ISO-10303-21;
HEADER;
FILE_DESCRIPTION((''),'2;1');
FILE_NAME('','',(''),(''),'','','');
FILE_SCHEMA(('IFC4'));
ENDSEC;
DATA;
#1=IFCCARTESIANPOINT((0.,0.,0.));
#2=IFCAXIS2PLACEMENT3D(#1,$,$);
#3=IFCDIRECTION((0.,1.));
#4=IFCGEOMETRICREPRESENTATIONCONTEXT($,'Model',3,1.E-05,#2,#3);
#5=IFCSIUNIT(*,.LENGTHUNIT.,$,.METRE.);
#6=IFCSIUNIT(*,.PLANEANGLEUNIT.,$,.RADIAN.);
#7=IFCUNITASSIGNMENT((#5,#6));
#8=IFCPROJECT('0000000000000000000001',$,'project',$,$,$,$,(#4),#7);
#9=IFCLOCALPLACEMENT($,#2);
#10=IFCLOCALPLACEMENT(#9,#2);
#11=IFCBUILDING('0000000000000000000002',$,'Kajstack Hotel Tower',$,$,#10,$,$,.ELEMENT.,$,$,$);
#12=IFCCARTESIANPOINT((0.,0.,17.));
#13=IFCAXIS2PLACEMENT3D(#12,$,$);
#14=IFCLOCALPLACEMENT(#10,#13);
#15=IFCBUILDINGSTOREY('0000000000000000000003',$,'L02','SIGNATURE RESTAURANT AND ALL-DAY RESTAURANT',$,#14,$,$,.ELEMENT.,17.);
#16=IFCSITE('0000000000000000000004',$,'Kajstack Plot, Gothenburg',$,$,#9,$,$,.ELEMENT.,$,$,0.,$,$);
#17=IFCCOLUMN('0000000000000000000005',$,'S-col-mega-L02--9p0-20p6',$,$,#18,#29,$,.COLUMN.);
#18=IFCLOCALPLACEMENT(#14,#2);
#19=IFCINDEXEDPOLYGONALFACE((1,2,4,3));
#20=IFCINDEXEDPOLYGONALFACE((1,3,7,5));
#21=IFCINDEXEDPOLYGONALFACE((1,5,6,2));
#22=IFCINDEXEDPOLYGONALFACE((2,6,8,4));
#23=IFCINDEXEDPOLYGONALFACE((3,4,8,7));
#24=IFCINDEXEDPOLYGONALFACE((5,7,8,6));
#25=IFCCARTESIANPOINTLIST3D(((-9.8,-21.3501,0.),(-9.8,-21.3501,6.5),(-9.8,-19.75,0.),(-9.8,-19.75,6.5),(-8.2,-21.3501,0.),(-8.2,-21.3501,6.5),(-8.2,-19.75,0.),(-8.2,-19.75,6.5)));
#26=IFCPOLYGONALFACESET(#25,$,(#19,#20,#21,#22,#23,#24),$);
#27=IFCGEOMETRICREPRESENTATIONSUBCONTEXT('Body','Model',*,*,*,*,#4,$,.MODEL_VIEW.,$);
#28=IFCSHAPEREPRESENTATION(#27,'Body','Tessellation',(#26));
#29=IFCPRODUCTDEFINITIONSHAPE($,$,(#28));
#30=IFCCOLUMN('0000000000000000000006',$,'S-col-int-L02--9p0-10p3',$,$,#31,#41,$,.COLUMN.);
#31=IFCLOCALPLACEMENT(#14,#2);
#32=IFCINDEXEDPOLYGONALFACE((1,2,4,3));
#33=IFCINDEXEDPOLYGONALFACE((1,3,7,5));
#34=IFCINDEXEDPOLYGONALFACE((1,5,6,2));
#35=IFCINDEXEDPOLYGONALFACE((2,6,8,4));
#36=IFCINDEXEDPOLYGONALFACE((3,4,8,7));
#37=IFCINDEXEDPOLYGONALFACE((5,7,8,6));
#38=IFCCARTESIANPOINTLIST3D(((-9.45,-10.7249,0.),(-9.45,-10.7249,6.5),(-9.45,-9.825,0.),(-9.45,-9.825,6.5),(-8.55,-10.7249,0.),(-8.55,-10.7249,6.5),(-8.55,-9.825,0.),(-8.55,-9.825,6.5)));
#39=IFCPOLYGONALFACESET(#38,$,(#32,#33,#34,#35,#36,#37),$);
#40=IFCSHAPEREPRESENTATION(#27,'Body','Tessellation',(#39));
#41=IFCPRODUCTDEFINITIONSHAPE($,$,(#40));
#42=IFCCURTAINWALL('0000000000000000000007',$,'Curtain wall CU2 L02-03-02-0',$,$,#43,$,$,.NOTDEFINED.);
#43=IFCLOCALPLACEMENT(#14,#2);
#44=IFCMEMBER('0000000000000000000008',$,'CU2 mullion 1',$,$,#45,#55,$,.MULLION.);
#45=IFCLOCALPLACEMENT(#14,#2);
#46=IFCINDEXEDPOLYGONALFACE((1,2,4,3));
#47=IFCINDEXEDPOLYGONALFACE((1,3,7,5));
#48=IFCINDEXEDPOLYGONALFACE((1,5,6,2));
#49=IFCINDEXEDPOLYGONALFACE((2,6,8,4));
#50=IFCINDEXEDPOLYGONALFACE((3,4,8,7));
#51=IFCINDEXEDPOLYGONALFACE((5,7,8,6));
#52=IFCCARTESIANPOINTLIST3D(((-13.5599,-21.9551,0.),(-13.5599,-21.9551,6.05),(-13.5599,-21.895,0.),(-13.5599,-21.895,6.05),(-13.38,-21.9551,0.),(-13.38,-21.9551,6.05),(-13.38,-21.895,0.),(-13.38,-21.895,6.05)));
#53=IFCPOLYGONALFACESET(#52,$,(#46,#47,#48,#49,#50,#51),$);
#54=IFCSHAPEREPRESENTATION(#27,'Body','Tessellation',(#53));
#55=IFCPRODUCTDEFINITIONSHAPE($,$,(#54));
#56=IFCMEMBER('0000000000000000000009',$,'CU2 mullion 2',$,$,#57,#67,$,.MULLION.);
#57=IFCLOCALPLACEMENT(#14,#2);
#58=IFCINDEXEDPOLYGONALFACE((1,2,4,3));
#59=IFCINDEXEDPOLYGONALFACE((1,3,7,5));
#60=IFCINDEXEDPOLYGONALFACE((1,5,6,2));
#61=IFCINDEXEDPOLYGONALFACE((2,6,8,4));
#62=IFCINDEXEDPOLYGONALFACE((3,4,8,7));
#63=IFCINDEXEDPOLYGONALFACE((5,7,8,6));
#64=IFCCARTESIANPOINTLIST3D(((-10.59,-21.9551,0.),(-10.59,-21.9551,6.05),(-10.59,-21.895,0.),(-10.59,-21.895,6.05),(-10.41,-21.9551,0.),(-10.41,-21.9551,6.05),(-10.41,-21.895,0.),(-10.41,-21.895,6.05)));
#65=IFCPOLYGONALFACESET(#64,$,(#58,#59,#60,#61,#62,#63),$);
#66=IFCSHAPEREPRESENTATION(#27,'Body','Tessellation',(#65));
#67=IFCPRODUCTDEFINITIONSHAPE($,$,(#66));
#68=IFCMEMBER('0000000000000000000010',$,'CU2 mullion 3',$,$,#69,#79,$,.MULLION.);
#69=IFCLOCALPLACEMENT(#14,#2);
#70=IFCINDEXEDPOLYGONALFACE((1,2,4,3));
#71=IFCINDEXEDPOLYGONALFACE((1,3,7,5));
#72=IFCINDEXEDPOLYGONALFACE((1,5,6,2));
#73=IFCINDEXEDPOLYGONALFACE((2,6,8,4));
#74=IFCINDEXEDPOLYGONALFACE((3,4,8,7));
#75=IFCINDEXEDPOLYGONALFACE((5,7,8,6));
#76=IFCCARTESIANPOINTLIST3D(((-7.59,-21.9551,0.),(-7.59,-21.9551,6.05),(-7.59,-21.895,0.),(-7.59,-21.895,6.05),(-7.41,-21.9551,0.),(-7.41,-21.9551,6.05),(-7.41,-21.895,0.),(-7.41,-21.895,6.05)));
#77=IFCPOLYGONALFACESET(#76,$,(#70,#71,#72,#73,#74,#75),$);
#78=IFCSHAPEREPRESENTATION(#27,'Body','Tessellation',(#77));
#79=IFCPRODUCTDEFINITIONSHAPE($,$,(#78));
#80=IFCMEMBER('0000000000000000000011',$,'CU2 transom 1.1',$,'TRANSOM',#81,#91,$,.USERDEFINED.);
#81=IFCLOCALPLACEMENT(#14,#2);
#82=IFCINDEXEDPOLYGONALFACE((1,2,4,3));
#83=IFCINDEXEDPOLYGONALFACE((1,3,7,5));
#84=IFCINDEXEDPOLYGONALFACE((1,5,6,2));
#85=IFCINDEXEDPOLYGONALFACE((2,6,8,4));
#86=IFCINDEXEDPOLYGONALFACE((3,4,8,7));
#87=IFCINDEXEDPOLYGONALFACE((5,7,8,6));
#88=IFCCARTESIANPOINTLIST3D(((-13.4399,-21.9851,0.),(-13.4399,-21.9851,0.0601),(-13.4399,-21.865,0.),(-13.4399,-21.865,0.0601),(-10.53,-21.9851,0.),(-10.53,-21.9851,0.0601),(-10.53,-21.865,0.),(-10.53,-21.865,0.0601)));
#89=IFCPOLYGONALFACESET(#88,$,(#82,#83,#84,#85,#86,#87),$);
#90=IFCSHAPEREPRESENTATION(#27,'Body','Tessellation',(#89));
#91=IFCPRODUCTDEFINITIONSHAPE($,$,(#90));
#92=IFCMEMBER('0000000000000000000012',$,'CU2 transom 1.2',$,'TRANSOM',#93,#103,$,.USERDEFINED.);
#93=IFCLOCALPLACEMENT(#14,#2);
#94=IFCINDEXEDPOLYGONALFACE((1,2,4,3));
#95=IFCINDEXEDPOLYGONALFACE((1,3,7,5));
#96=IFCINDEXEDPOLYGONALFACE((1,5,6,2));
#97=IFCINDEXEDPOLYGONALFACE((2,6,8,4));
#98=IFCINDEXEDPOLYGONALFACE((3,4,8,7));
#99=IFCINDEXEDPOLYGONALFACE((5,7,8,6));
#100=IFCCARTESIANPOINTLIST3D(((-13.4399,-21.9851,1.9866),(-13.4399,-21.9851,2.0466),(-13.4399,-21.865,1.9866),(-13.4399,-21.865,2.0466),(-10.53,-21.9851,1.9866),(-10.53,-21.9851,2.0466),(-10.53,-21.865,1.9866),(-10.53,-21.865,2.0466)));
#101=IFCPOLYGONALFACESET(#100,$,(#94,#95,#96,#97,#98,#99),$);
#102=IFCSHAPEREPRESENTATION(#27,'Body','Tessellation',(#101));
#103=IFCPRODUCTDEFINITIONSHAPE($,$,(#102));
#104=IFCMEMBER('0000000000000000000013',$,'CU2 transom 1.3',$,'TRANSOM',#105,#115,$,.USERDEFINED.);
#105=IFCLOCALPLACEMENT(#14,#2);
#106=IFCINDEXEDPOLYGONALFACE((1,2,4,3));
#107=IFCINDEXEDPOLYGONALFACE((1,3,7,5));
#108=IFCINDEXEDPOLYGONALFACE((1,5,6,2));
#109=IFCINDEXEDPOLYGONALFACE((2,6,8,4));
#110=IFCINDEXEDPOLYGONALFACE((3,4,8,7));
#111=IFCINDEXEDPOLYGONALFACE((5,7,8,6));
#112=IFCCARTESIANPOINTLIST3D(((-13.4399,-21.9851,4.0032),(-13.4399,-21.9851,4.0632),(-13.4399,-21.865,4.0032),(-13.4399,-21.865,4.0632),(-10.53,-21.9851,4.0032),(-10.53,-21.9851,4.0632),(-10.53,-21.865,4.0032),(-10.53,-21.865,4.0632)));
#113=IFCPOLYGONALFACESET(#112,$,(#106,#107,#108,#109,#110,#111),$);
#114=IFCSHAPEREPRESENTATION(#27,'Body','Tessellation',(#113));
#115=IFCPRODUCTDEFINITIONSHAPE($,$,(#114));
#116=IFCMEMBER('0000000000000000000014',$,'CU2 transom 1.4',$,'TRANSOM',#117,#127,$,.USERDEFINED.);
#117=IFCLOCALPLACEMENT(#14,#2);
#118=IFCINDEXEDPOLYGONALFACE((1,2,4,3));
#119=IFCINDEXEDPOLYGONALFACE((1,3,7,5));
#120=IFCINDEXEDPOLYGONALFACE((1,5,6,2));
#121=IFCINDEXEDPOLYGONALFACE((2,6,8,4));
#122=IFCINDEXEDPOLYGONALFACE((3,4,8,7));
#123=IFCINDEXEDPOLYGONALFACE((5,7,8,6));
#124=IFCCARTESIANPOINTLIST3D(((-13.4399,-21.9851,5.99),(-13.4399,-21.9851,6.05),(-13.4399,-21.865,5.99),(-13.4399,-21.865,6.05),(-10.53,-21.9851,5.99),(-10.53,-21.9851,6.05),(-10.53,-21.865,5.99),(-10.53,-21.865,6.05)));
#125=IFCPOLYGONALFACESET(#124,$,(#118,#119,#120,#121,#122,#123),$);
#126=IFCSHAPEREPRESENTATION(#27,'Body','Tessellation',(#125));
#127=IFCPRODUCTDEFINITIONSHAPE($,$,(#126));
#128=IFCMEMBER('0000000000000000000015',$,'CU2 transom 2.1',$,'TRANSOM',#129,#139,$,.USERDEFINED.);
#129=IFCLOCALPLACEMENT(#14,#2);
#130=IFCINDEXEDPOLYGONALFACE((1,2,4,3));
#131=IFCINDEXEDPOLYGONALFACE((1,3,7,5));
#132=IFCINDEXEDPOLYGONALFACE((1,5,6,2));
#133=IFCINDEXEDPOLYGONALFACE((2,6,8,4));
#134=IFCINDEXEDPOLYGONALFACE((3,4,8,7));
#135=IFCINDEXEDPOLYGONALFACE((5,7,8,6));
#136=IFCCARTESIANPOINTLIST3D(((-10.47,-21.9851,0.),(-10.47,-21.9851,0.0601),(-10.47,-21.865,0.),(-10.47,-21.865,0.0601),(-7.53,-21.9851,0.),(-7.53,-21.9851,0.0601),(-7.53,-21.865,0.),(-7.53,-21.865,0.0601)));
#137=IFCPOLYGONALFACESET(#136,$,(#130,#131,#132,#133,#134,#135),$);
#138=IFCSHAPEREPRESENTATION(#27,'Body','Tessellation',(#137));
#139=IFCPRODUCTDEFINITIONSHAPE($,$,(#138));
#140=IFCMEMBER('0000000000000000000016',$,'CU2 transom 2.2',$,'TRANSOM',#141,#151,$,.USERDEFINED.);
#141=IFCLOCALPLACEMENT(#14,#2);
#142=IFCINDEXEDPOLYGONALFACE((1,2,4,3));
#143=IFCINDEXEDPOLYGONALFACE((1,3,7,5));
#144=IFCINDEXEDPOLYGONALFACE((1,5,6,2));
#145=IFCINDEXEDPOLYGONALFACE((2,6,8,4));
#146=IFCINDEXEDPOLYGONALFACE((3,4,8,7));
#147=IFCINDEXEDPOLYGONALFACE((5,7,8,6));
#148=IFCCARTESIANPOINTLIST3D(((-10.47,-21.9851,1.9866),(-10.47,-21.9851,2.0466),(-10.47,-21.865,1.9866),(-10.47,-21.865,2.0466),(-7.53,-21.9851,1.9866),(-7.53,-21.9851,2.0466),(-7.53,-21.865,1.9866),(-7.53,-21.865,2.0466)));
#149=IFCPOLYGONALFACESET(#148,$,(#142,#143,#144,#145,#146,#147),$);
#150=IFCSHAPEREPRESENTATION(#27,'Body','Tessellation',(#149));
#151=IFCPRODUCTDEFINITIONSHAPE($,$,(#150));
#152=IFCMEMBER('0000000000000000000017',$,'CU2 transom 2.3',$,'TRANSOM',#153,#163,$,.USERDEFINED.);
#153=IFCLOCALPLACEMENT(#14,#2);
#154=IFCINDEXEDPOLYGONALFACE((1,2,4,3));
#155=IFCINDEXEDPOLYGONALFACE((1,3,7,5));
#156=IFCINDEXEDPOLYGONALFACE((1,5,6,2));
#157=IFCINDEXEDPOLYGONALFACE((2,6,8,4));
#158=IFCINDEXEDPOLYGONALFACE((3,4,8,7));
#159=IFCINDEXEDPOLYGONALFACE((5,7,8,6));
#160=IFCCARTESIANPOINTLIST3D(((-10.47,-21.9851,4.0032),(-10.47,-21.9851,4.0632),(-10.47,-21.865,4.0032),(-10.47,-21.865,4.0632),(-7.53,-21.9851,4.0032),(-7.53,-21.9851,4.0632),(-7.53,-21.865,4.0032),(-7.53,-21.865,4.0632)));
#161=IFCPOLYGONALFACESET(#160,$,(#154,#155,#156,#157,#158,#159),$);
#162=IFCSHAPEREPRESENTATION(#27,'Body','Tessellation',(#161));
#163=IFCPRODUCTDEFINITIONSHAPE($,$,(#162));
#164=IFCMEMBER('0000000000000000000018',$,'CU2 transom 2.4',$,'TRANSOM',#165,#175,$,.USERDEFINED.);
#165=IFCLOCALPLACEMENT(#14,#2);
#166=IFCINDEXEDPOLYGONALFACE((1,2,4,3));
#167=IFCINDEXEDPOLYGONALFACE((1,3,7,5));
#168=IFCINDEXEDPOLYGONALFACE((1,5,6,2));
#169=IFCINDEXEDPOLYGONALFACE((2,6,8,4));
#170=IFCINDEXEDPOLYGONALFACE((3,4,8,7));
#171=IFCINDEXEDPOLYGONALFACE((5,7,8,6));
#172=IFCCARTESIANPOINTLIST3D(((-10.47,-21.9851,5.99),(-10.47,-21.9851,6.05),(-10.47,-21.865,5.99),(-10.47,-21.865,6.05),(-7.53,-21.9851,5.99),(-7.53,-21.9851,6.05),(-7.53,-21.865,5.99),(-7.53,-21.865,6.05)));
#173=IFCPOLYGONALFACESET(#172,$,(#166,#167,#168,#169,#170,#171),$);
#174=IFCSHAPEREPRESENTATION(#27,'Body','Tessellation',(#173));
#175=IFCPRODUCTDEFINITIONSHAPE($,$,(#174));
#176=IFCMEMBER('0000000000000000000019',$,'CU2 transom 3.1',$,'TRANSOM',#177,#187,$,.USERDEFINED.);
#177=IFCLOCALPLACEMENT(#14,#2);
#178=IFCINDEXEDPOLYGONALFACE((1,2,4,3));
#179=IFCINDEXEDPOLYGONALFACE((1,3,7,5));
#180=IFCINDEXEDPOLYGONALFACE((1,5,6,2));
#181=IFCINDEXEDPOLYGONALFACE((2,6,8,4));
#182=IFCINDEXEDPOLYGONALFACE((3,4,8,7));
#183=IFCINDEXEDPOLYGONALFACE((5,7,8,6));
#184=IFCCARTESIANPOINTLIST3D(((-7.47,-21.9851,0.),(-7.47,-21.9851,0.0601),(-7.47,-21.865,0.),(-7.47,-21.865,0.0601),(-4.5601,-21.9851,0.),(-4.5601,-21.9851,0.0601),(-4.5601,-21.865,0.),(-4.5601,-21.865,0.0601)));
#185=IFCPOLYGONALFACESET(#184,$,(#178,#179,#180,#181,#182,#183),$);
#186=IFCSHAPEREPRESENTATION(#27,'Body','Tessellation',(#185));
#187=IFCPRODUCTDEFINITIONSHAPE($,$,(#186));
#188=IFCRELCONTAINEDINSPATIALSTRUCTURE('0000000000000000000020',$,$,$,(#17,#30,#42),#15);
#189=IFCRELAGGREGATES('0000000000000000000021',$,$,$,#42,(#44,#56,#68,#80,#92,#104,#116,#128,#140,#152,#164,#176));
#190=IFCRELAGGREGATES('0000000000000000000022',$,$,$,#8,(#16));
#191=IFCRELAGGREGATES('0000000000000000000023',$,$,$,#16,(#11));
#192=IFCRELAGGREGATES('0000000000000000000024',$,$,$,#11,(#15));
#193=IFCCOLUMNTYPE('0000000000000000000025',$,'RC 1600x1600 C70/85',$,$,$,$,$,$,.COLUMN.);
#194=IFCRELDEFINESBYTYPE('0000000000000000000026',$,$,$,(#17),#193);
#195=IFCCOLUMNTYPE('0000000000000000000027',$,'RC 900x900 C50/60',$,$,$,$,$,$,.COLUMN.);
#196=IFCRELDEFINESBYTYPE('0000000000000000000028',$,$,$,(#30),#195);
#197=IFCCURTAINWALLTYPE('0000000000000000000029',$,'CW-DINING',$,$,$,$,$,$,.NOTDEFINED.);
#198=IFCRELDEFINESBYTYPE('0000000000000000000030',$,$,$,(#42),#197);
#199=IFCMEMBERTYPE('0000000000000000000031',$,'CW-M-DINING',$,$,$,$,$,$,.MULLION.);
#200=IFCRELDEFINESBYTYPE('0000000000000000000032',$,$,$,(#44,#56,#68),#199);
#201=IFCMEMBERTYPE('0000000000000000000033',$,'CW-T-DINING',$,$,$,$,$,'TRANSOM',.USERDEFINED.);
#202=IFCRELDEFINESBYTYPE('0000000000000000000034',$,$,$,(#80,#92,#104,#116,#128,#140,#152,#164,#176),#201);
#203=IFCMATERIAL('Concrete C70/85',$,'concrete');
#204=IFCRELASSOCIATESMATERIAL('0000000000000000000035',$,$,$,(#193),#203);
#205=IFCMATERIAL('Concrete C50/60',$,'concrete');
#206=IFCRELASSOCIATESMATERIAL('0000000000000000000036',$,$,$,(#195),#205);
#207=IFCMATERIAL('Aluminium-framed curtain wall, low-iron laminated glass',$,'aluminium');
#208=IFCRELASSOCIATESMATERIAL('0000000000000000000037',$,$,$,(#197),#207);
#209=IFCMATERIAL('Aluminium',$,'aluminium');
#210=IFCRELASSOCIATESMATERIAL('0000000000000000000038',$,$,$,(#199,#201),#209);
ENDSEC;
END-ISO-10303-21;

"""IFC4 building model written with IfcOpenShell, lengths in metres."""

from ifc_helpers import new_model, si_unit, direction, frame, origin, origin_2d, place, context, subcontext, project, spatial, rectangle, extrude, material, material_profile, profile_set, type_object, element, aggregate, save


model = new_model("IFC4")

# Units and contexts
model_context = context("Model", 3, precision=1e-05, world=origin(), true_north=direction((0.0, 1.0)))
body_context = subcontext(model_context, "Body", "Model", "MODEL_VIEW")
ifc_project = project(units=[si_unit("LENGTHUNIT", "METRE"), si_unit("PLANEANGLEUNIT", "RADIAN")], contexts=[model_context])

# Site, building, storey
site_placement = place(None, origin())
site = spatial("IfcSite", under=ifc_project, at=site_placement, Name="Kajstack Plot, Gothenburg", CompositionType="ELEMENT", RefElevation=0.0)
building_placement = place(site_placement, origin())
building = spatial("IfcBuilding", under=site, at=building_placement, Name="Kajstack Hotel Tower", CompositionType="ELEMENT")
storey_placement = place(building_placement, frame((0.0, 0.0, 17.0)))
storey = spatial("IfcBuildingStorey", under=building, at=storey_placement, Name="L02", Description="SIGNATURE RESTAURANT AND ALL-DAY RESTAURANT", CompositionType="ELEMENT", Elevation=17.0)

# Columns
ifc_material_1 = material(Name="Concrete C70/85", Category="concrete")
ifc_material_profile_1 = material_profile(ifc_material_1, rectangle(XDim=1.6001, YDim=1.6001, at=origin_2d()), Name="RC 1600x1600")
ifc_profile_set_1 = profile_set([ifc_material_profile_1], Name="Concrete C70/85")
column_type_1 = type_object("IfcColumnType", Name="RC 1600x1600 C70/85", PredefinedType="COLUMN", material=ifc_profile_set_1)
column_1_placement = place(storey_placement, frame((-9.0, -20.55, 0.0), z_axis=(0.0, 0.0, 1.0), x_axis=(1.0, 0.0, 0.0)))
element("IfcColumn", 1, at=column_1_placement, inside=storey, type_object=column_type_1, Name="S-col-mega-L02--9p0-20p6", PredefinedType="COLUMN", context=body_context, shape_type="SweptSolid", body=[
    extrude(rectangle(XDim=1.6001, YDim=1.6001, at=origin_2d()), origin(), (0.0, 0.0, 1.0), 6.5),
])
ifc_material_2 = material(Name="Concrete C50/60", Category="concrete")
ifc_material_profile_2 = material_profile(ifc_material_2, rectangle(XDim=0.8999, YDim=0.8999, at=origin_2d()), Name="RC 900x900")
ifc_profile_set_2 = profile_set([ifc_material_profile_2], Name="Concrete C50/60")
column_type_2 = type_object("IfcColumnType", Name="RC 900x900 C50/60", PredefinedType="COLUMN", material=ifc_profile_set_2)
column_2_placement = place(storey_placement, frame((-9.0, -10.2749, 0.0), z_axis=(0.0, 0.0, 1.0), x_axis=(1.0, 0.0, 0.0)))
element("IfcColumn", 2, at=column_2_placement, inside=storey, type_object=column_type_2, Name="S-col-int-L02--9p0-10p3", PredefinedType="COLUMN", context=body_context, shape_type="SweptSolid", body=[
    extrude(rectangle(XDim=0.8999, YDim=0.8999, at=origin_2d()), origin(), (0.0, 0.0, 1.0), 6.5),
])

# Curtain wall, members
ifc_material_3 = material(Name="Aluminium-framed curtain wall, low-iron laminated glass", Category="aluminium")
curtain_wall_type = type_object("IfcCurtainWallType", Name="CW-DINING", PredefinedType="NOTDEFINED", material=ifc_material_3)
curtain_wall_placement = place(storey_placement, origin())
curtain_wall = element("IfcCurtainWall", 3, at=curtain_wall_placement, inside=storey, type_object=curtain_wall_type, Name="Curtain wall CU2 L02-03-02-0", PredefinedType="NOTDEFINED")
ifc_material_4 = material(Name="Aluminium", Category="aluminium")
ifc_material_profile_3 = material_profile(ifc_material_4, rectangle(XDim=0.0601, YDim=0.1799, at=origin_2d()), Name="Aluminium mullion 60 x 180")
ifc_profile_set_3 = profile_set([ifc_material_profile_3], Name="Aluminium")
member_type_1 = type_object("IfcMemberType", Name="CW-M-DINING", PredefinedType="MULLION", material=ifc_profile_set_3)
member_1_placement = place(storey_placement, frame((-13.47, -21.925, 0.0), z_axis=(0.0, 0.0, 1.0), x_axis=(0.0, 1.0, 0.0)))
member_1 = element("IfcMember", 4, at=member_1_placement, type_object=member_type_1, Name="CU2 mullion 1", PredefinedType="MULLION", context=body_context, shape_type="SweptSolid", body=[
    extrude(rectangle(XDim=0.0601, YDim=0.1799, at=origin_2d()), origin(), (0.0, 0.0, 1.0), 6.05),
])
member_2_placement = place(storey_placement, frame((-10.5, -21.925, 0.0), z_axis=(0.0, 0.0, 1.0), x_axis=(0.0, 1.0, 0.0)))
member_2 = element("IfcMember", 5, at=member_2_placement, type_object=member_type_1, Name="CU2 mullion 2", PredefinedType="MULLION", context=body_context, shape_type="SweptSolid", body=[
    extrude(rectangle(XDim=0.0601, YDim=0.1799, at=origin_2d()), origin(), (0.0, 0.0, 1.0), 6.05),
])
member_3_placement = place(storey_placement, frame((-7.5, -21.925, 0.0), z_axis=(0.0, 0.0, 1.0), x_axis=(0.0, 1.0, 0.0)))
member_3 = element("IfcMember", 6, at=member_3_placement, type_object=member_type_1, Name="CU2 mullion 3", PredefinedType="MULLION", context=body_context, shape_type="SweptSolid", body=[
    extrude(rectangle(XDim=0.0601, YDim=0.1799, at=origin_2d()), origin(), (0.0, 0.0, 1.0), 6.05),
])
ifc_material_profile_4 = material_profile(ifc_material_4, rectangle(XDim=0.1201, YDim=0.0601, at=origin_2d()), Name="Aluminium transom 120 x 60")
ifc_profile_set_4 = profile_set([ifc_material_profile_4], Name="Aluminium")
member_type_2 = type_object("IfcMemberType", Name="CW-T-DINING", ElementType="TRANSOM", PredefinedType="USERDEFINED", material=ifc_profile_set_4)
member_4_placement = place(storey_placement, frame((-13.4399, -21.925, 0.03), z_axis=(1.0, 0.0, 0.0), x_axis=(0.0, 1.0, 0.0)))
member_4 = element("IfcMember", 7, at=member_4_placement, type_object=member_type_2, Name="CU2 transom 1.1", ObjectType="TRANSOM", PredefinedType="USERDEFINED", context=body_context, shape_type="SweptSolid", body=[
    extrude(rectangle(XDim=0.1201, YDim=0.0601, at=origin_2d()), origin(), (0.0, 0.0, 1.0), 2.9099),
])
member_5_placement = place(storey_placement, frame((-13.4399, -21.925, 2.0166), z_axis=(1.0, 0.0, 0.0), x_axis=(0.0, 1.0, 0.0)))
member_5 = element("IfcMember", 8, at=member_5_placement, type_object=member_type_2, Name="CU2 transom 1.2", ObjectType="TRANSOM", PredefinedType="USERDEFINED", context=body_context, shape_type="SweptSolid", body=[
    extrude(rectangle(XDim=0.1201, YDim=0.0601, at=origin_2d()), origin(), (0.0, 0.0, 1.0), 2.9099),
])
member_6_placement = place(storey_placement, frame((-13.4399, -21.925, 4.0332), z_axis=(1.0, 0.0, 0.0), x_axis=(0.0, 1.0, 0.0)))
member_6 = element("IfcMember", 9, at=member_6_placement, type_object=member_type_2, Name="CU2 transom 1.3", ObjectType="TRANSOM", PredefinedType="USERDEFINED", context=body_context, shape_type="SweptSolid", body=[
    extrude(rectangle(XDim=0.1201, YDim=0.0601, at=origin_2d()), origin(), (0.0, 0.0, 1.0), 2.9099),
])
member_7_placement = place(storey_placement, frame((-13.4399, -21.925, 6.02), z_axis=(1.0, 0.0, 0.0), x_axis=(0.0, 1.0, 0.0)))
member_7 = element("IfcMember", 10, at=member_7_placement, type_object=member_type_2, Name="CU2 transom 1.4", ObjectType="TRANSOM", PredefinedType="USERDEFINED", context=body_context, shape_type="SweptSolid", body=[
    extrude(rectangle(XDim=0.1201, YDim=0.0601, at=origin_2d()), origin(), (0.0, 0.0, 1.0), 2.9099),
])
member_8_placement = place(storey_placement, frame((-10.47, -21.925, 0.03), z_axis=(1.0, 0.0, 0.0), x_axis=(0.0, 1.0, 0.0)))
member_8 = element("IfcMember", 11, at=member_8_placement, type_object=member_type_2, Name="CU2 transom 2.1", ObjectType="TRANSOM", PredefinedType="USERDEFINED", context=body_context, shape_type="SweptSolid", body=[
    extrude(rectangle(XDim=0.1201, YDim=0.0601, at=origin_2d()), origin(), (0.0, 0.0, 1.0), 2.9399),
])
member_9_placement = place(storey_placement, frame((-10.47, -21.925, 2.0166), z_axis=(1.0, 0.0, 0.0), x_axis=(0.0, 1.0, 0.0)))
member_9 = element("IfcMember", 12, at=member_9_placement, type_object=member_type_2, Name="CU2 transom 2.2", ObjectType="TRANSOM", PredefinedType="USERDEFINED", context=body_context, shape_type="SweptSolid", body=[
    extrude(rectangle(XDim=0.1201, YDim=0.0601, at=origin_2d()), origin(), (0.0, 0.0, 1.0), 2.9399),
])
member_10_placement = place(storey_placement, frame((-10.47, -21.925, 4.0332), z_axis=(1.0, 0.0, 0.0), x_axis=(0.0, 1.0, 0.0)))
member_10 = element("IfcMember", 13, at=member_10_placement, type_object=member_type_2, Name="CU2 transom 2.3", ObjectType="TRANSOM", PredefinedType="USERDEFINED", context=body_context, shape_type="SweptSolid", body=[
    extrude(rectangle(XDim=0.1201, YDim=0.0601, at=origin_2d()), origin(), (0.0, 0.0, 1.0), 2.9399),
])
member_11_placement = place(storey_placement, frame((-10.47, -21.925, 6.02), z_axis=(1.0, 0.0, 0.0), x_axis=(0.0, 1.0, 0.0)))
member_11 = element("IfcMember", 14, at=member_11_placement, type_object=member_type_2, Name="CU2 transom 2.4", ObjectType="TRANSOM", PredefinedType="USERDEFINED", context=body_context, shape_type="SweptSolid", body=[
    extrude(rectangle(XDim=0.1201, YDim=0.0601, at=origin_2d()), origin(), (0.0, 0.0, 1.0), 2.9399),
])
member_12_placement = place(storey_placement, frame((-7.47, -21.925, 0.03), z_axis=(1.0, 0.0, 0.0), x_axis=(0.0, 1.0, 0.0)))
member_12 = element("IfcMember", 15, at=member_12_placement, type_object=member_type_2, Name="CU2 transom 3.1", ObjectType="TRANSOM", PredefinedType="USERDEFINED", context=body_context, shape_type="SweptSolid", body=[
    extrude(rectangle(XDim=0.1201, YDim=0.0601, at=origin_2d()), origin(), (0.0, 0.0, 1.0), 2.9099),
])
aggregate(curtain_wall, [member_1, member_2, member_3, member_4, member_5, member_6, member_7, member_8, member_9, member_10, member_11, member_12])

save(model, "model.ifc")
